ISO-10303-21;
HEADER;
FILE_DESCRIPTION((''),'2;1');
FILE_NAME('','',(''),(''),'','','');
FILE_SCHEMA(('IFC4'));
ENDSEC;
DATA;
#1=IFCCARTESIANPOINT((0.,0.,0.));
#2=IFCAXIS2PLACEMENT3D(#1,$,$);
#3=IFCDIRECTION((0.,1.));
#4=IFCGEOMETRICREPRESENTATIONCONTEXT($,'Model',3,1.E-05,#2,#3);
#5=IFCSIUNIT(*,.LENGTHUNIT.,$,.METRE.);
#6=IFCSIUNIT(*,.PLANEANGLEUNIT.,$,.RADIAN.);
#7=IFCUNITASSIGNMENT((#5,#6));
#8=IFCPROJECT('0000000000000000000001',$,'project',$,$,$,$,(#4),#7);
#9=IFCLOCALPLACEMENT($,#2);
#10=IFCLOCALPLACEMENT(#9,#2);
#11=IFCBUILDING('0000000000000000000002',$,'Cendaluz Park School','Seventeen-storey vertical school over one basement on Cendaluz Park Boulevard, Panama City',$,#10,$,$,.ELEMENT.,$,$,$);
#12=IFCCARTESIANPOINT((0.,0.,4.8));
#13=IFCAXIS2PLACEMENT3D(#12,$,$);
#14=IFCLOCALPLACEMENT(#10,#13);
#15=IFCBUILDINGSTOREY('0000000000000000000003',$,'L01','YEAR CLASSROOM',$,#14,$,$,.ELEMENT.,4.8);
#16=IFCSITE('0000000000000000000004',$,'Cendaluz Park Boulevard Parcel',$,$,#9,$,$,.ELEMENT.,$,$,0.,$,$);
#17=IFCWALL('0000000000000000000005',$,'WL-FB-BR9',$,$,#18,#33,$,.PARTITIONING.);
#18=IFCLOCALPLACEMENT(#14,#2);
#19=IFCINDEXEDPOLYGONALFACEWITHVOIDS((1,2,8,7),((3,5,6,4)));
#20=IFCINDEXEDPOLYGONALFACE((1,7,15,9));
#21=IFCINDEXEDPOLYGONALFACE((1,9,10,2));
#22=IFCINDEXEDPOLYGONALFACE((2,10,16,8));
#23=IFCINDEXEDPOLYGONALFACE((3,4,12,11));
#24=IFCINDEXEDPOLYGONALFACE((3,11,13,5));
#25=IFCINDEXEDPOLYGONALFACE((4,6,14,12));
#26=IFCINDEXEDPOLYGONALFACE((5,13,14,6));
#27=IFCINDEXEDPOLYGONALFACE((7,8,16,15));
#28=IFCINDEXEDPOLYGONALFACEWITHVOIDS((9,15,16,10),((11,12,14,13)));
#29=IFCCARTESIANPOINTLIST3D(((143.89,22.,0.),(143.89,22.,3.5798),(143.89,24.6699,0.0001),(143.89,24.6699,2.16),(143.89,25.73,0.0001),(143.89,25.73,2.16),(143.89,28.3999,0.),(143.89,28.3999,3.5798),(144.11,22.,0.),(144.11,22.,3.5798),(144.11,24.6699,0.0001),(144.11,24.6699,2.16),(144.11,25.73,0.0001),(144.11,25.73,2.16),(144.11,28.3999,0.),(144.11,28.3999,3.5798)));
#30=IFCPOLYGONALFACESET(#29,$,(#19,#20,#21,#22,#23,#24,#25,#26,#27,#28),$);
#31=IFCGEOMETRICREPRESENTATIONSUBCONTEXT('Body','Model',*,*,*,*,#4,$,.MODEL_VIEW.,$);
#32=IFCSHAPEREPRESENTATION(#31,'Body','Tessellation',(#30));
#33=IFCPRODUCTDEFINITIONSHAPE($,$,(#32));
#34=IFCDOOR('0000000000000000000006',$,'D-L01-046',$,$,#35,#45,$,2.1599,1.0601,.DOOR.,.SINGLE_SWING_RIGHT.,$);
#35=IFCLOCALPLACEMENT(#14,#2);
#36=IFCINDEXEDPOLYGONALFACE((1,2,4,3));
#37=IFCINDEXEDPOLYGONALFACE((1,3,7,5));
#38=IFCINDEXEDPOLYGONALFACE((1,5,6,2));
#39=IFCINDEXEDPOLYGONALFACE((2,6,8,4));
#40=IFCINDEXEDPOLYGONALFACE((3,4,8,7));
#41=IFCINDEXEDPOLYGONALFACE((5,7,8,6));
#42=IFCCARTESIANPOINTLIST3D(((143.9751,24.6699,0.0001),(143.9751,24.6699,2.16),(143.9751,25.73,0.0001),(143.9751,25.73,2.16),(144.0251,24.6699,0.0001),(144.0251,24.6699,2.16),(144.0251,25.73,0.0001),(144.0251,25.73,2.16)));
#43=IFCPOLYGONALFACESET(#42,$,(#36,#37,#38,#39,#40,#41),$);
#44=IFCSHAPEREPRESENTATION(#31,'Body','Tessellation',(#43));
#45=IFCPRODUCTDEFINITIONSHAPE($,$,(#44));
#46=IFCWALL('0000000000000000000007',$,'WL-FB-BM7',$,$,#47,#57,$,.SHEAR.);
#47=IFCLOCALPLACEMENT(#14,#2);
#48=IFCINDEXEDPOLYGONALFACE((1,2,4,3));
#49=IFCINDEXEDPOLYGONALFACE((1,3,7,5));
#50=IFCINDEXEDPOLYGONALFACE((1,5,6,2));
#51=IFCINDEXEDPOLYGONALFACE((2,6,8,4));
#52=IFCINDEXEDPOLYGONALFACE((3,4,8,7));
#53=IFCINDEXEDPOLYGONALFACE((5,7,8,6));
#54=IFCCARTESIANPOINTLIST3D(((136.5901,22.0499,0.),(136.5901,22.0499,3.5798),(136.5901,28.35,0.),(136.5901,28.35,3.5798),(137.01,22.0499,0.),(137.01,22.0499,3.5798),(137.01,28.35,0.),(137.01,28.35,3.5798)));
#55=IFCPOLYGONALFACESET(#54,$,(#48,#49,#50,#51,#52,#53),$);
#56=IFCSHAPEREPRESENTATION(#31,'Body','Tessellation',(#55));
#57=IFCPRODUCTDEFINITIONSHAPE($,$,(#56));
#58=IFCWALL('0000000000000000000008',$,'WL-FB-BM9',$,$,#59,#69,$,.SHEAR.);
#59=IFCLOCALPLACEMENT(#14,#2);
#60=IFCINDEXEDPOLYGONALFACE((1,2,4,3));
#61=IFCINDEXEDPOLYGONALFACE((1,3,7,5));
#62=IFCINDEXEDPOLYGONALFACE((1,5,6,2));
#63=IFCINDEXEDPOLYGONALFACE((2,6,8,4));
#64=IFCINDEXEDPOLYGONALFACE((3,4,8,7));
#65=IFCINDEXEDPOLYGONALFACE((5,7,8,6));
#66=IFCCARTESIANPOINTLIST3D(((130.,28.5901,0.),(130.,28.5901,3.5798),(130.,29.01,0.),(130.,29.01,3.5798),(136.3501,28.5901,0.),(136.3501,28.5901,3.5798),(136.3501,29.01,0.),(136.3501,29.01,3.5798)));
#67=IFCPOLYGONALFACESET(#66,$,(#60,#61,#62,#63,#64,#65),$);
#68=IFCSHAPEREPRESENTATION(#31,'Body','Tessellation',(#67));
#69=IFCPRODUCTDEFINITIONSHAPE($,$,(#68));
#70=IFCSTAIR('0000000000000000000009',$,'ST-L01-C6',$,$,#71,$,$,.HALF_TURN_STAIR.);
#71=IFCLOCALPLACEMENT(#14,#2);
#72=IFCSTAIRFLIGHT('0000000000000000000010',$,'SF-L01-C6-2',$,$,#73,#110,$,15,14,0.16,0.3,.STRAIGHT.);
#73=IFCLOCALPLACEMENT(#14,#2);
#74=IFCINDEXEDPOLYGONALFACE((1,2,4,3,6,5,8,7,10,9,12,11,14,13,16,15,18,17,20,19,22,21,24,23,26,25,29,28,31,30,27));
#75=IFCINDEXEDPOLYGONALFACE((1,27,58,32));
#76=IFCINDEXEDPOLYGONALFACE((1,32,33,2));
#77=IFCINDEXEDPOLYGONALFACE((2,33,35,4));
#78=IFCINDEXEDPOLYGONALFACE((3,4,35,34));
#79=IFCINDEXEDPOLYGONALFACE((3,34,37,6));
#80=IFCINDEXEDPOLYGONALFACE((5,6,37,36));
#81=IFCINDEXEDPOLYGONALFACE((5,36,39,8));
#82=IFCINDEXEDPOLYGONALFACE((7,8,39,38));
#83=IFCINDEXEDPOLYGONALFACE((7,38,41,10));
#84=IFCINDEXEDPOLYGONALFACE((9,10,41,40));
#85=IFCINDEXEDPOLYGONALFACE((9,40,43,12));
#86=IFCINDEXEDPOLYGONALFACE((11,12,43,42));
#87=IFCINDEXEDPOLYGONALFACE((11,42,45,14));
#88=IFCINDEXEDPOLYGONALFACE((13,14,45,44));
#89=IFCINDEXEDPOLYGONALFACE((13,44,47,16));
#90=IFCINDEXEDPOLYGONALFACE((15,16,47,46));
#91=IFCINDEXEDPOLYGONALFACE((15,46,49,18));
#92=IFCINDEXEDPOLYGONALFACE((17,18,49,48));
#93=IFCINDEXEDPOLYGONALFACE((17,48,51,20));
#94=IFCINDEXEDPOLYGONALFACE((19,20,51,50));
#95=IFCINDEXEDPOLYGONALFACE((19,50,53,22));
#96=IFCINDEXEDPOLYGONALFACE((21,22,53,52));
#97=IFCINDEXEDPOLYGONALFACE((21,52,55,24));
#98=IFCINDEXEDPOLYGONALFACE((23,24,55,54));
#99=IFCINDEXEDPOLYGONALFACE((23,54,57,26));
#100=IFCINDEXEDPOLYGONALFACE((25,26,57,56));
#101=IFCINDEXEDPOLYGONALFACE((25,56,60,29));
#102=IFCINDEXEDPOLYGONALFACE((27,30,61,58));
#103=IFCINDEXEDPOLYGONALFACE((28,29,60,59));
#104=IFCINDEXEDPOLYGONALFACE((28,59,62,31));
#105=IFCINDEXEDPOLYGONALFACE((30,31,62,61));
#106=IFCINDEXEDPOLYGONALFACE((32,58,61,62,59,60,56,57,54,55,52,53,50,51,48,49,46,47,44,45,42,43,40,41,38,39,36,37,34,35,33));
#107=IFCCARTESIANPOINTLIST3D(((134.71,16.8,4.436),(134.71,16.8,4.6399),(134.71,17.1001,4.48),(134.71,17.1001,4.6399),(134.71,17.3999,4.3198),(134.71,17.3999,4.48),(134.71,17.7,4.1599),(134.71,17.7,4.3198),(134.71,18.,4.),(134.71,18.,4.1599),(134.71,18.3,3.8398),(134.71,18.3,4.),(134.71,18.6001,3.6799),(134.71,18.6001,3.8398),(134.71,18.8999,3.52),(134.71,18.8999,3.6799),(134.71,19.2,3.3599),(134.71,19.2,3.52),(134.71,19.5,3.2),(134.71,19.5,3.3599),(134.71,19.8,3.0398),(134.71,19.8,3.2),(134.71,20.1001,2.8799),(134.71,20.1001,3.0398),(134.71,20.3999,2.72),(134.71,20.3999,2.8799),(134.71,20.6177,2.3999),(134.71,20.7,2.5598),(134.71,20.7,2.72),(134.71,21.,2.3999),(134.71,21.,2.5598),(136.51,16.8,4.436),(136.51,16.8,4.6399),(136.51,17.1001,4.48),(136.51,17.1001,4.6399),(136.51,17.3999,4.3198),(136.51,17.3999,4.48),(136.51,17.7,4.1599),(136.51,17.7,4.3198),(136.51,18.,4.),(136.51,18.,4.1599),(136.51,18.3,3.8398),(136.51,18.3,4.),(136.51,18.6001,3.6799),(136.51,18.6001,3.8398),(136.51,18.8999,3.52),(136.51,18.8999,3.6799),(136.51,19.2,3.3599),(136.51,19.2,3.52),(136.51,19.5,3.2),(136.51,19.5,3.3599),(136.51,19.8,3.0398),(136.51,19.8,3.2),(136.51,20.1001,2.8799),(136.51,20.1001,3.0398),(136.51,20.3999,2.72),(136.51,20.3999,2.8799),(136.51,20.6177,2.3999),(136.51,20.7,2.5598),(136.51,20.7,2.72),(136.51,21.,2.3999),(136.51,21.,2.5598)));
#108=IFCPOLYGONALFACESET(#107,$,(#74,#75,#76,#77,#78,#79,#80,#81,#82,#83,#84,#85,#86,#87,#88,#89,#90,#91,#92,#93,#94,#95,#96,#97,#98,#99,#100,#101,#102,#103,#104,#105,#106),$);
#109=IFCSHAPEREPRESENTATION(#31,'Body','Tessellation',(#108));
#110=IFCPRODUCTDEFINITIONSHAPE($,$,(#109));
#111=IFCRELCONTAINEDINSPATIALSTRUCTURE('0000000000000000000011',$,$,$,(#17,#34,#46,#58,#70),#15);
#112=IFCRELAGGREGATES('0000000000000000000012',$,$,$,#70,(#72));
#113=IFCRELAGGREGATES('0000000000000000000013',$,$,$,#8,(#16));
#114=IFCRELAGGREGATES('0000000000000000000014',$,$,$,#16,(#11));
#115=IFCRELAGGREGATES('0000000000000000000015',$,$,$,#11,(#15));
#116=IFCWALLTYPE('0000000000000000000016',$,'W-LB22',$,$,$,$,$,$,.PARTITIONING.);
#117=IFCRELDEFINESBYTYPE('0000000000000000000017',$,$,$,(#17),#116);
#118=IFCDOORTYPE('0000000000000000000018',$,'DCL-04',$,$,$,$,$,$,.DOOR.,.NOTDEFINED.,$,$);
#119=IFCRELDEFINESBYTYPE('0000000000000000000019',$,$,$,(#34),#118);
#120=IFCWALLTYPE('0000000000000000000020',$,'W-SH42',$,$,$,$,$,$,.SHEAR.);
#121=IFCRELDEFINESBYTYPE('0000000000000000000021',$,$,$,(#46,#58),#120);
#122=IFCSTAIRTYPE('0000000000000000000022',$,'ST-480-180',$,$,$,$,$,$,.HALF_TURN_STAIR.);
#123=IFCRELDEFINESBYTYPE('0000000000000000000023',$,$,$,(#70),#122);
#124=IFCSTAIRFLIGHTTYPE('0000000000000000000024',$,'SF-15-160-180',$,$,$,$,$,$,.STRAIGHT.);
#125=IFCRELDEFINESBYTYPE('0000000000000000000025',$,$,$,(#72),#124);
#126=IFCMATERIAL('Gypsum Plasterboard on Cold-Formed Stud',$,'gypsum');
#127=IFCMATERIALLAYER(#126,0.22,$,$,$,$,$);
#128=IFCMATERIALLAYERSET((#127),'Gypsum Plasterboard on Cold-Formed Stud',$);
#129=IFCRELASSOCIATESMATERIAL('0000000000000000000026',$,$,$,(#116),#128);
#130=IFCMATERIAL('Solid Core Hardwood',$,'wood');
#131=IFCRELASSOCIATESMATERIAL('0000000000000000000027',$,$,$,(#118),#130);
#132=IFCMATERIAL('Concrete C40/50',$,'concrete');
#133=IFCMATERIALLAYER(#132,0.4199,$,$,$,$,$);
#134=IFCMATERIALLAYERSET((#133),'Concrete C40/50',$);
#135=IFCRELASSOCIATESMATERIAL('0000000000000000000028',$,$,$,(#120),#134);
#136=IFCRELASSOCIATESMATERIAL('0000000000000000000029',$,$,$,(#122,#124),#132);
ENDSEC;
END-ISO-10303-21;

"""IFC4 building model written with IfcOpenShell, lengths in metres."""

from ifc_helpers import new_model, si_unit, direction, frame, frame_2d, origin, place, context, subcontext, project, spatial, polyline, rectangle, outline, extrude, material, layer, layer_set, type_object, element, fill, aggregate, save


model = new_model("IFC4")

# Units and contexts
model_context = context("Model", 3, precision=1e-05, world=origin(), true_north=direction((0.0, 1.0)))
body_context = subcontext(model_context, "Body", "Model", "MODEL_VIEW")
ifc_project = project(units=[si_unit("LENGTHUNIT", "METRE"), si_unit("PLANEANGLEUNIT", "RADIAN")], contexts=[model_context])

# Site, building, storey
site_placement = place(None, origin())
site = spatial("IfcSite", under=ifc_project, at=site_placement, Name="Cendaluz Park Boulevard Parcel", CompositionType="ELEMENT", RefElevation=0.0)
building_placement = place(site_placement, origin())
building = spatial("IfcBuilding", under=site, at=building_placement, Name="Cendaluz Park School", Description="Seventeen-storey vertical school over one basement on Cendaluz Park Boulevard, Panama City", CompositionType="ELEMENT")
storey_placement = place(building_placement, frame((0.0, 0.0, 4.8)))
storey = spatial("IfcBuildingStorey", under=building, at=storey_placement, Name="L01", Description="YEAR CLASSROOM", CompositionType="ELEMENT", Elevation=4.8)

# Shared definitions
ifc_material_1 = material(Name="Concrete C40/50", Category="concrete")

# Shared definitions
ifc_material_2 = material(Name="Solid Core Hardwood", Category="wood")

# Shared definitions
ifc_material_3 = material(Name="Gypsum Plasterboard on Cold-Formed Stud", Category="gypsum")
ifc_layer_1 = layer(ifc_material_3, 0.22)
ifc_layer_set_1 = layer_set([ifc_layer_1], Name="Gypsum Plasterboard on Cold-Formed Stud")
wall_type_1 = type_object("IfcWallType", Name="W-LB22", PredefinedType="PARTITIONING", material=ifc_layer_set_1)

# Wall, opening, door
wall_1_placement = place(storey_placement, frame((144.0, 22.0, 0.0), z_axis=(0.0, 0.0, 1.0), x_axis=(0.0, 1.0, 0.0)))
wall_1 = element("IfcWall", 1, at=wall_1_placement, inside=storey, type_object=wall_type_1, Name="WL-FB-BR9", PredefinedType="PARTITIONING", context=body_context, shape_type="SweptSolid", body=[
    extrude(rectangle(XDim=6.3999, YDim=0.22, at=frame_2d((3.2, 0.0))), origin(), (0.0, 0.0, 1.0), 3.5798),
])
opening_1_placement = place(wall_1_placement, frame((2.6699, 0.0, 0.0)))
opening_1 = element("IfcOpeningElement", 2, at=opening_1_placement, cuts=wall_1, PredefinedType="OPENING", context=body_context, shape_type="SweptSolid", body=[
    extrude(rectangle(XDim=1.0601, YDim=2.1599, at=frame_2d((0.53, 1.0801))), frame((0.0, 0.1221, 0.0), z_axis=(0.0, -1.0, 0.0), x_axis=(1.0, 0.0, 0.0)), (0.0, 0.0, 1.0), 0.2439),
])
door_type_1 = type_object("IfcDoorType", Name="DCL-04", OperationType="NOTDEFINED", PredefinedType="DOOR", material=ifc_material_2)
door_1_placement = place(opening_1_placement, origin())
door_1 = element("IfcDoor", 3, at=door_1_placement, inside=storey, type_object=door_type_1, Name="D-L01-046", OperationType="SINGLE_SWING_RIGHT", OverallHeight=2.1599, OverallWidth=1.0601, PredefinedType="DOOR", context=body_context, shape_type="SweptSolid", body=[
    extrude(rectangle(XDim=1.0601, YDim=2.1599, at=frame_2d((0.53, 1.0801))), frame((0.0, 0.0249, 0.0), z_axis=(0.0, -1.0, 0.0), x_axis=(1.0, 0.0, 0.0)), (0.0, 0.0, 1.0), 0.05),
])
fill(opening_1, door_1)

# Walls
ifc_layer_2 = layer(ifc_material_1, 0.4199)
ifc_layer_set_2 = layer_set([ifc_layer_2], Name="Concrete C40/50")
wall_type_2 = type_object("IfcWallType", Name="W-SH42", PredefinedType="SHEAR", material=ifc_layer_set_2)
wall_2_placement = place(storey_placement, frame((136.8, 22.05, 0.0), z_axis=(0.0, 0.0, 1.0), x_axis=(0.0, 1.0, 0.0)))
element("IfcWall", 4, at=wall_2_placement, inside=storey, type_object=wall_type_2, Name="WL-FB-BM7", PredefinedType="SHEAR", context=body_context, shape_type="SweptSolid", body=[
    extrude(rectangle(XDim=6.3, YDim=0.4199, at=frame_2d((3.1499, 0.0))), origin(), (0.0, 0.0, 1.0), 3.5798),
])
wall_3_placement = place(storey_placement, frame((130.0, 28.8, 0.0), z_axis=(0.0, 0.0, 1.0), x_axis=(1.0, 0.0, 0.0)))
element("IfcWall", 5, at=wall_3_placement, inside=storey, type_object=wall_type_2, Name="WL-FB-BM9", PredefinedType="SHEAR", context=body_context, shape_type="SweptSolid", body=[
    extrude(rectangle(XDim=6.3501, YDim=0.4199, at=frame_2d((3.175, 0.0))), origin(), (0.0, 0.0, 1.0), 3.5798),
])

# Stair, stair flight
stair_type = type_object("IfcStairType", Name="ST-480-180", PredefinedType="HALF_TURN_STAIR", material=ifc_material_1)
stair_placement = place(storey_placement, origin())
stair = element("IfcStair", 6, at=stair_placement, inside=storey, type_object=stair_type, Name="ST-L01-C6", PredefinedType="HALF_TURN_STAIR")
stair_flight_type = type_object("IfcStairFlightType", Name="SF-15-160-180", PredefinedType="STRAIGHT", material=ifc_material_1)
stair_flight_placement = place(storey_placement, frame((135.6101, 21.0, 2.3999), z_axis=(0.0, 0.0, 1.0), x_axis=(0.0, -1.0, 0.0)))
stair_flight = element("IfcStairFlight", 7, at=stair_flight_placement, type_object=stair_flight_type, Name="SF-L01-C6-2", NumberOfRisers=15, NumberOfTreads=14, PredefinedType="STRAIGHT", RiserHeight=0.16, TreadLength=0.3, context=body_context, shape_type="SweptSolid", body=[
    extrude(outline(polyline([(0.0, 0.0), (0.0, 0.1599), (0.3, 0.1599), (0.3, 0.3201), (0.6001, 0.3201), (0.6001, 0.48), (0.8999, 0.48), (0.8999, 0.6399), (1.2, 0.6399), (1.2, 0.8), (1.5, 0.8), (1.5, 0.96), (1.8, 0.96), (1.8, 1.1201), (2.1001, 1.1201), (2.1001, 1.28), (2.3999, 1.28), (2.3999, 1.4399), (2.7, 1.4399), (2.7, 1.6001), (3.0, 1.6001), (3.0, 1.76), (3.3, 1.76), (3.3, 1.9199), (3.6001, 1.9199), (3.6001, 2.0801), (3.8999, 2.0801), (3.8999, 2.24), (4.2, 2.24), (4.2, 2.3999), (4.2, 2.0361), (0.3823, 0.0), (0.0, 0.0)])), frame((0.0, 0.8999, 0.0), z_axis=(0.0, -1.0, 0.0), x_axis=(1.0, 0.0, 0.0)), (0.0, 0.0, 1.0), 1.8),
])
aggregate(stair, [stair_flight])

save(model, "model.ifc")
